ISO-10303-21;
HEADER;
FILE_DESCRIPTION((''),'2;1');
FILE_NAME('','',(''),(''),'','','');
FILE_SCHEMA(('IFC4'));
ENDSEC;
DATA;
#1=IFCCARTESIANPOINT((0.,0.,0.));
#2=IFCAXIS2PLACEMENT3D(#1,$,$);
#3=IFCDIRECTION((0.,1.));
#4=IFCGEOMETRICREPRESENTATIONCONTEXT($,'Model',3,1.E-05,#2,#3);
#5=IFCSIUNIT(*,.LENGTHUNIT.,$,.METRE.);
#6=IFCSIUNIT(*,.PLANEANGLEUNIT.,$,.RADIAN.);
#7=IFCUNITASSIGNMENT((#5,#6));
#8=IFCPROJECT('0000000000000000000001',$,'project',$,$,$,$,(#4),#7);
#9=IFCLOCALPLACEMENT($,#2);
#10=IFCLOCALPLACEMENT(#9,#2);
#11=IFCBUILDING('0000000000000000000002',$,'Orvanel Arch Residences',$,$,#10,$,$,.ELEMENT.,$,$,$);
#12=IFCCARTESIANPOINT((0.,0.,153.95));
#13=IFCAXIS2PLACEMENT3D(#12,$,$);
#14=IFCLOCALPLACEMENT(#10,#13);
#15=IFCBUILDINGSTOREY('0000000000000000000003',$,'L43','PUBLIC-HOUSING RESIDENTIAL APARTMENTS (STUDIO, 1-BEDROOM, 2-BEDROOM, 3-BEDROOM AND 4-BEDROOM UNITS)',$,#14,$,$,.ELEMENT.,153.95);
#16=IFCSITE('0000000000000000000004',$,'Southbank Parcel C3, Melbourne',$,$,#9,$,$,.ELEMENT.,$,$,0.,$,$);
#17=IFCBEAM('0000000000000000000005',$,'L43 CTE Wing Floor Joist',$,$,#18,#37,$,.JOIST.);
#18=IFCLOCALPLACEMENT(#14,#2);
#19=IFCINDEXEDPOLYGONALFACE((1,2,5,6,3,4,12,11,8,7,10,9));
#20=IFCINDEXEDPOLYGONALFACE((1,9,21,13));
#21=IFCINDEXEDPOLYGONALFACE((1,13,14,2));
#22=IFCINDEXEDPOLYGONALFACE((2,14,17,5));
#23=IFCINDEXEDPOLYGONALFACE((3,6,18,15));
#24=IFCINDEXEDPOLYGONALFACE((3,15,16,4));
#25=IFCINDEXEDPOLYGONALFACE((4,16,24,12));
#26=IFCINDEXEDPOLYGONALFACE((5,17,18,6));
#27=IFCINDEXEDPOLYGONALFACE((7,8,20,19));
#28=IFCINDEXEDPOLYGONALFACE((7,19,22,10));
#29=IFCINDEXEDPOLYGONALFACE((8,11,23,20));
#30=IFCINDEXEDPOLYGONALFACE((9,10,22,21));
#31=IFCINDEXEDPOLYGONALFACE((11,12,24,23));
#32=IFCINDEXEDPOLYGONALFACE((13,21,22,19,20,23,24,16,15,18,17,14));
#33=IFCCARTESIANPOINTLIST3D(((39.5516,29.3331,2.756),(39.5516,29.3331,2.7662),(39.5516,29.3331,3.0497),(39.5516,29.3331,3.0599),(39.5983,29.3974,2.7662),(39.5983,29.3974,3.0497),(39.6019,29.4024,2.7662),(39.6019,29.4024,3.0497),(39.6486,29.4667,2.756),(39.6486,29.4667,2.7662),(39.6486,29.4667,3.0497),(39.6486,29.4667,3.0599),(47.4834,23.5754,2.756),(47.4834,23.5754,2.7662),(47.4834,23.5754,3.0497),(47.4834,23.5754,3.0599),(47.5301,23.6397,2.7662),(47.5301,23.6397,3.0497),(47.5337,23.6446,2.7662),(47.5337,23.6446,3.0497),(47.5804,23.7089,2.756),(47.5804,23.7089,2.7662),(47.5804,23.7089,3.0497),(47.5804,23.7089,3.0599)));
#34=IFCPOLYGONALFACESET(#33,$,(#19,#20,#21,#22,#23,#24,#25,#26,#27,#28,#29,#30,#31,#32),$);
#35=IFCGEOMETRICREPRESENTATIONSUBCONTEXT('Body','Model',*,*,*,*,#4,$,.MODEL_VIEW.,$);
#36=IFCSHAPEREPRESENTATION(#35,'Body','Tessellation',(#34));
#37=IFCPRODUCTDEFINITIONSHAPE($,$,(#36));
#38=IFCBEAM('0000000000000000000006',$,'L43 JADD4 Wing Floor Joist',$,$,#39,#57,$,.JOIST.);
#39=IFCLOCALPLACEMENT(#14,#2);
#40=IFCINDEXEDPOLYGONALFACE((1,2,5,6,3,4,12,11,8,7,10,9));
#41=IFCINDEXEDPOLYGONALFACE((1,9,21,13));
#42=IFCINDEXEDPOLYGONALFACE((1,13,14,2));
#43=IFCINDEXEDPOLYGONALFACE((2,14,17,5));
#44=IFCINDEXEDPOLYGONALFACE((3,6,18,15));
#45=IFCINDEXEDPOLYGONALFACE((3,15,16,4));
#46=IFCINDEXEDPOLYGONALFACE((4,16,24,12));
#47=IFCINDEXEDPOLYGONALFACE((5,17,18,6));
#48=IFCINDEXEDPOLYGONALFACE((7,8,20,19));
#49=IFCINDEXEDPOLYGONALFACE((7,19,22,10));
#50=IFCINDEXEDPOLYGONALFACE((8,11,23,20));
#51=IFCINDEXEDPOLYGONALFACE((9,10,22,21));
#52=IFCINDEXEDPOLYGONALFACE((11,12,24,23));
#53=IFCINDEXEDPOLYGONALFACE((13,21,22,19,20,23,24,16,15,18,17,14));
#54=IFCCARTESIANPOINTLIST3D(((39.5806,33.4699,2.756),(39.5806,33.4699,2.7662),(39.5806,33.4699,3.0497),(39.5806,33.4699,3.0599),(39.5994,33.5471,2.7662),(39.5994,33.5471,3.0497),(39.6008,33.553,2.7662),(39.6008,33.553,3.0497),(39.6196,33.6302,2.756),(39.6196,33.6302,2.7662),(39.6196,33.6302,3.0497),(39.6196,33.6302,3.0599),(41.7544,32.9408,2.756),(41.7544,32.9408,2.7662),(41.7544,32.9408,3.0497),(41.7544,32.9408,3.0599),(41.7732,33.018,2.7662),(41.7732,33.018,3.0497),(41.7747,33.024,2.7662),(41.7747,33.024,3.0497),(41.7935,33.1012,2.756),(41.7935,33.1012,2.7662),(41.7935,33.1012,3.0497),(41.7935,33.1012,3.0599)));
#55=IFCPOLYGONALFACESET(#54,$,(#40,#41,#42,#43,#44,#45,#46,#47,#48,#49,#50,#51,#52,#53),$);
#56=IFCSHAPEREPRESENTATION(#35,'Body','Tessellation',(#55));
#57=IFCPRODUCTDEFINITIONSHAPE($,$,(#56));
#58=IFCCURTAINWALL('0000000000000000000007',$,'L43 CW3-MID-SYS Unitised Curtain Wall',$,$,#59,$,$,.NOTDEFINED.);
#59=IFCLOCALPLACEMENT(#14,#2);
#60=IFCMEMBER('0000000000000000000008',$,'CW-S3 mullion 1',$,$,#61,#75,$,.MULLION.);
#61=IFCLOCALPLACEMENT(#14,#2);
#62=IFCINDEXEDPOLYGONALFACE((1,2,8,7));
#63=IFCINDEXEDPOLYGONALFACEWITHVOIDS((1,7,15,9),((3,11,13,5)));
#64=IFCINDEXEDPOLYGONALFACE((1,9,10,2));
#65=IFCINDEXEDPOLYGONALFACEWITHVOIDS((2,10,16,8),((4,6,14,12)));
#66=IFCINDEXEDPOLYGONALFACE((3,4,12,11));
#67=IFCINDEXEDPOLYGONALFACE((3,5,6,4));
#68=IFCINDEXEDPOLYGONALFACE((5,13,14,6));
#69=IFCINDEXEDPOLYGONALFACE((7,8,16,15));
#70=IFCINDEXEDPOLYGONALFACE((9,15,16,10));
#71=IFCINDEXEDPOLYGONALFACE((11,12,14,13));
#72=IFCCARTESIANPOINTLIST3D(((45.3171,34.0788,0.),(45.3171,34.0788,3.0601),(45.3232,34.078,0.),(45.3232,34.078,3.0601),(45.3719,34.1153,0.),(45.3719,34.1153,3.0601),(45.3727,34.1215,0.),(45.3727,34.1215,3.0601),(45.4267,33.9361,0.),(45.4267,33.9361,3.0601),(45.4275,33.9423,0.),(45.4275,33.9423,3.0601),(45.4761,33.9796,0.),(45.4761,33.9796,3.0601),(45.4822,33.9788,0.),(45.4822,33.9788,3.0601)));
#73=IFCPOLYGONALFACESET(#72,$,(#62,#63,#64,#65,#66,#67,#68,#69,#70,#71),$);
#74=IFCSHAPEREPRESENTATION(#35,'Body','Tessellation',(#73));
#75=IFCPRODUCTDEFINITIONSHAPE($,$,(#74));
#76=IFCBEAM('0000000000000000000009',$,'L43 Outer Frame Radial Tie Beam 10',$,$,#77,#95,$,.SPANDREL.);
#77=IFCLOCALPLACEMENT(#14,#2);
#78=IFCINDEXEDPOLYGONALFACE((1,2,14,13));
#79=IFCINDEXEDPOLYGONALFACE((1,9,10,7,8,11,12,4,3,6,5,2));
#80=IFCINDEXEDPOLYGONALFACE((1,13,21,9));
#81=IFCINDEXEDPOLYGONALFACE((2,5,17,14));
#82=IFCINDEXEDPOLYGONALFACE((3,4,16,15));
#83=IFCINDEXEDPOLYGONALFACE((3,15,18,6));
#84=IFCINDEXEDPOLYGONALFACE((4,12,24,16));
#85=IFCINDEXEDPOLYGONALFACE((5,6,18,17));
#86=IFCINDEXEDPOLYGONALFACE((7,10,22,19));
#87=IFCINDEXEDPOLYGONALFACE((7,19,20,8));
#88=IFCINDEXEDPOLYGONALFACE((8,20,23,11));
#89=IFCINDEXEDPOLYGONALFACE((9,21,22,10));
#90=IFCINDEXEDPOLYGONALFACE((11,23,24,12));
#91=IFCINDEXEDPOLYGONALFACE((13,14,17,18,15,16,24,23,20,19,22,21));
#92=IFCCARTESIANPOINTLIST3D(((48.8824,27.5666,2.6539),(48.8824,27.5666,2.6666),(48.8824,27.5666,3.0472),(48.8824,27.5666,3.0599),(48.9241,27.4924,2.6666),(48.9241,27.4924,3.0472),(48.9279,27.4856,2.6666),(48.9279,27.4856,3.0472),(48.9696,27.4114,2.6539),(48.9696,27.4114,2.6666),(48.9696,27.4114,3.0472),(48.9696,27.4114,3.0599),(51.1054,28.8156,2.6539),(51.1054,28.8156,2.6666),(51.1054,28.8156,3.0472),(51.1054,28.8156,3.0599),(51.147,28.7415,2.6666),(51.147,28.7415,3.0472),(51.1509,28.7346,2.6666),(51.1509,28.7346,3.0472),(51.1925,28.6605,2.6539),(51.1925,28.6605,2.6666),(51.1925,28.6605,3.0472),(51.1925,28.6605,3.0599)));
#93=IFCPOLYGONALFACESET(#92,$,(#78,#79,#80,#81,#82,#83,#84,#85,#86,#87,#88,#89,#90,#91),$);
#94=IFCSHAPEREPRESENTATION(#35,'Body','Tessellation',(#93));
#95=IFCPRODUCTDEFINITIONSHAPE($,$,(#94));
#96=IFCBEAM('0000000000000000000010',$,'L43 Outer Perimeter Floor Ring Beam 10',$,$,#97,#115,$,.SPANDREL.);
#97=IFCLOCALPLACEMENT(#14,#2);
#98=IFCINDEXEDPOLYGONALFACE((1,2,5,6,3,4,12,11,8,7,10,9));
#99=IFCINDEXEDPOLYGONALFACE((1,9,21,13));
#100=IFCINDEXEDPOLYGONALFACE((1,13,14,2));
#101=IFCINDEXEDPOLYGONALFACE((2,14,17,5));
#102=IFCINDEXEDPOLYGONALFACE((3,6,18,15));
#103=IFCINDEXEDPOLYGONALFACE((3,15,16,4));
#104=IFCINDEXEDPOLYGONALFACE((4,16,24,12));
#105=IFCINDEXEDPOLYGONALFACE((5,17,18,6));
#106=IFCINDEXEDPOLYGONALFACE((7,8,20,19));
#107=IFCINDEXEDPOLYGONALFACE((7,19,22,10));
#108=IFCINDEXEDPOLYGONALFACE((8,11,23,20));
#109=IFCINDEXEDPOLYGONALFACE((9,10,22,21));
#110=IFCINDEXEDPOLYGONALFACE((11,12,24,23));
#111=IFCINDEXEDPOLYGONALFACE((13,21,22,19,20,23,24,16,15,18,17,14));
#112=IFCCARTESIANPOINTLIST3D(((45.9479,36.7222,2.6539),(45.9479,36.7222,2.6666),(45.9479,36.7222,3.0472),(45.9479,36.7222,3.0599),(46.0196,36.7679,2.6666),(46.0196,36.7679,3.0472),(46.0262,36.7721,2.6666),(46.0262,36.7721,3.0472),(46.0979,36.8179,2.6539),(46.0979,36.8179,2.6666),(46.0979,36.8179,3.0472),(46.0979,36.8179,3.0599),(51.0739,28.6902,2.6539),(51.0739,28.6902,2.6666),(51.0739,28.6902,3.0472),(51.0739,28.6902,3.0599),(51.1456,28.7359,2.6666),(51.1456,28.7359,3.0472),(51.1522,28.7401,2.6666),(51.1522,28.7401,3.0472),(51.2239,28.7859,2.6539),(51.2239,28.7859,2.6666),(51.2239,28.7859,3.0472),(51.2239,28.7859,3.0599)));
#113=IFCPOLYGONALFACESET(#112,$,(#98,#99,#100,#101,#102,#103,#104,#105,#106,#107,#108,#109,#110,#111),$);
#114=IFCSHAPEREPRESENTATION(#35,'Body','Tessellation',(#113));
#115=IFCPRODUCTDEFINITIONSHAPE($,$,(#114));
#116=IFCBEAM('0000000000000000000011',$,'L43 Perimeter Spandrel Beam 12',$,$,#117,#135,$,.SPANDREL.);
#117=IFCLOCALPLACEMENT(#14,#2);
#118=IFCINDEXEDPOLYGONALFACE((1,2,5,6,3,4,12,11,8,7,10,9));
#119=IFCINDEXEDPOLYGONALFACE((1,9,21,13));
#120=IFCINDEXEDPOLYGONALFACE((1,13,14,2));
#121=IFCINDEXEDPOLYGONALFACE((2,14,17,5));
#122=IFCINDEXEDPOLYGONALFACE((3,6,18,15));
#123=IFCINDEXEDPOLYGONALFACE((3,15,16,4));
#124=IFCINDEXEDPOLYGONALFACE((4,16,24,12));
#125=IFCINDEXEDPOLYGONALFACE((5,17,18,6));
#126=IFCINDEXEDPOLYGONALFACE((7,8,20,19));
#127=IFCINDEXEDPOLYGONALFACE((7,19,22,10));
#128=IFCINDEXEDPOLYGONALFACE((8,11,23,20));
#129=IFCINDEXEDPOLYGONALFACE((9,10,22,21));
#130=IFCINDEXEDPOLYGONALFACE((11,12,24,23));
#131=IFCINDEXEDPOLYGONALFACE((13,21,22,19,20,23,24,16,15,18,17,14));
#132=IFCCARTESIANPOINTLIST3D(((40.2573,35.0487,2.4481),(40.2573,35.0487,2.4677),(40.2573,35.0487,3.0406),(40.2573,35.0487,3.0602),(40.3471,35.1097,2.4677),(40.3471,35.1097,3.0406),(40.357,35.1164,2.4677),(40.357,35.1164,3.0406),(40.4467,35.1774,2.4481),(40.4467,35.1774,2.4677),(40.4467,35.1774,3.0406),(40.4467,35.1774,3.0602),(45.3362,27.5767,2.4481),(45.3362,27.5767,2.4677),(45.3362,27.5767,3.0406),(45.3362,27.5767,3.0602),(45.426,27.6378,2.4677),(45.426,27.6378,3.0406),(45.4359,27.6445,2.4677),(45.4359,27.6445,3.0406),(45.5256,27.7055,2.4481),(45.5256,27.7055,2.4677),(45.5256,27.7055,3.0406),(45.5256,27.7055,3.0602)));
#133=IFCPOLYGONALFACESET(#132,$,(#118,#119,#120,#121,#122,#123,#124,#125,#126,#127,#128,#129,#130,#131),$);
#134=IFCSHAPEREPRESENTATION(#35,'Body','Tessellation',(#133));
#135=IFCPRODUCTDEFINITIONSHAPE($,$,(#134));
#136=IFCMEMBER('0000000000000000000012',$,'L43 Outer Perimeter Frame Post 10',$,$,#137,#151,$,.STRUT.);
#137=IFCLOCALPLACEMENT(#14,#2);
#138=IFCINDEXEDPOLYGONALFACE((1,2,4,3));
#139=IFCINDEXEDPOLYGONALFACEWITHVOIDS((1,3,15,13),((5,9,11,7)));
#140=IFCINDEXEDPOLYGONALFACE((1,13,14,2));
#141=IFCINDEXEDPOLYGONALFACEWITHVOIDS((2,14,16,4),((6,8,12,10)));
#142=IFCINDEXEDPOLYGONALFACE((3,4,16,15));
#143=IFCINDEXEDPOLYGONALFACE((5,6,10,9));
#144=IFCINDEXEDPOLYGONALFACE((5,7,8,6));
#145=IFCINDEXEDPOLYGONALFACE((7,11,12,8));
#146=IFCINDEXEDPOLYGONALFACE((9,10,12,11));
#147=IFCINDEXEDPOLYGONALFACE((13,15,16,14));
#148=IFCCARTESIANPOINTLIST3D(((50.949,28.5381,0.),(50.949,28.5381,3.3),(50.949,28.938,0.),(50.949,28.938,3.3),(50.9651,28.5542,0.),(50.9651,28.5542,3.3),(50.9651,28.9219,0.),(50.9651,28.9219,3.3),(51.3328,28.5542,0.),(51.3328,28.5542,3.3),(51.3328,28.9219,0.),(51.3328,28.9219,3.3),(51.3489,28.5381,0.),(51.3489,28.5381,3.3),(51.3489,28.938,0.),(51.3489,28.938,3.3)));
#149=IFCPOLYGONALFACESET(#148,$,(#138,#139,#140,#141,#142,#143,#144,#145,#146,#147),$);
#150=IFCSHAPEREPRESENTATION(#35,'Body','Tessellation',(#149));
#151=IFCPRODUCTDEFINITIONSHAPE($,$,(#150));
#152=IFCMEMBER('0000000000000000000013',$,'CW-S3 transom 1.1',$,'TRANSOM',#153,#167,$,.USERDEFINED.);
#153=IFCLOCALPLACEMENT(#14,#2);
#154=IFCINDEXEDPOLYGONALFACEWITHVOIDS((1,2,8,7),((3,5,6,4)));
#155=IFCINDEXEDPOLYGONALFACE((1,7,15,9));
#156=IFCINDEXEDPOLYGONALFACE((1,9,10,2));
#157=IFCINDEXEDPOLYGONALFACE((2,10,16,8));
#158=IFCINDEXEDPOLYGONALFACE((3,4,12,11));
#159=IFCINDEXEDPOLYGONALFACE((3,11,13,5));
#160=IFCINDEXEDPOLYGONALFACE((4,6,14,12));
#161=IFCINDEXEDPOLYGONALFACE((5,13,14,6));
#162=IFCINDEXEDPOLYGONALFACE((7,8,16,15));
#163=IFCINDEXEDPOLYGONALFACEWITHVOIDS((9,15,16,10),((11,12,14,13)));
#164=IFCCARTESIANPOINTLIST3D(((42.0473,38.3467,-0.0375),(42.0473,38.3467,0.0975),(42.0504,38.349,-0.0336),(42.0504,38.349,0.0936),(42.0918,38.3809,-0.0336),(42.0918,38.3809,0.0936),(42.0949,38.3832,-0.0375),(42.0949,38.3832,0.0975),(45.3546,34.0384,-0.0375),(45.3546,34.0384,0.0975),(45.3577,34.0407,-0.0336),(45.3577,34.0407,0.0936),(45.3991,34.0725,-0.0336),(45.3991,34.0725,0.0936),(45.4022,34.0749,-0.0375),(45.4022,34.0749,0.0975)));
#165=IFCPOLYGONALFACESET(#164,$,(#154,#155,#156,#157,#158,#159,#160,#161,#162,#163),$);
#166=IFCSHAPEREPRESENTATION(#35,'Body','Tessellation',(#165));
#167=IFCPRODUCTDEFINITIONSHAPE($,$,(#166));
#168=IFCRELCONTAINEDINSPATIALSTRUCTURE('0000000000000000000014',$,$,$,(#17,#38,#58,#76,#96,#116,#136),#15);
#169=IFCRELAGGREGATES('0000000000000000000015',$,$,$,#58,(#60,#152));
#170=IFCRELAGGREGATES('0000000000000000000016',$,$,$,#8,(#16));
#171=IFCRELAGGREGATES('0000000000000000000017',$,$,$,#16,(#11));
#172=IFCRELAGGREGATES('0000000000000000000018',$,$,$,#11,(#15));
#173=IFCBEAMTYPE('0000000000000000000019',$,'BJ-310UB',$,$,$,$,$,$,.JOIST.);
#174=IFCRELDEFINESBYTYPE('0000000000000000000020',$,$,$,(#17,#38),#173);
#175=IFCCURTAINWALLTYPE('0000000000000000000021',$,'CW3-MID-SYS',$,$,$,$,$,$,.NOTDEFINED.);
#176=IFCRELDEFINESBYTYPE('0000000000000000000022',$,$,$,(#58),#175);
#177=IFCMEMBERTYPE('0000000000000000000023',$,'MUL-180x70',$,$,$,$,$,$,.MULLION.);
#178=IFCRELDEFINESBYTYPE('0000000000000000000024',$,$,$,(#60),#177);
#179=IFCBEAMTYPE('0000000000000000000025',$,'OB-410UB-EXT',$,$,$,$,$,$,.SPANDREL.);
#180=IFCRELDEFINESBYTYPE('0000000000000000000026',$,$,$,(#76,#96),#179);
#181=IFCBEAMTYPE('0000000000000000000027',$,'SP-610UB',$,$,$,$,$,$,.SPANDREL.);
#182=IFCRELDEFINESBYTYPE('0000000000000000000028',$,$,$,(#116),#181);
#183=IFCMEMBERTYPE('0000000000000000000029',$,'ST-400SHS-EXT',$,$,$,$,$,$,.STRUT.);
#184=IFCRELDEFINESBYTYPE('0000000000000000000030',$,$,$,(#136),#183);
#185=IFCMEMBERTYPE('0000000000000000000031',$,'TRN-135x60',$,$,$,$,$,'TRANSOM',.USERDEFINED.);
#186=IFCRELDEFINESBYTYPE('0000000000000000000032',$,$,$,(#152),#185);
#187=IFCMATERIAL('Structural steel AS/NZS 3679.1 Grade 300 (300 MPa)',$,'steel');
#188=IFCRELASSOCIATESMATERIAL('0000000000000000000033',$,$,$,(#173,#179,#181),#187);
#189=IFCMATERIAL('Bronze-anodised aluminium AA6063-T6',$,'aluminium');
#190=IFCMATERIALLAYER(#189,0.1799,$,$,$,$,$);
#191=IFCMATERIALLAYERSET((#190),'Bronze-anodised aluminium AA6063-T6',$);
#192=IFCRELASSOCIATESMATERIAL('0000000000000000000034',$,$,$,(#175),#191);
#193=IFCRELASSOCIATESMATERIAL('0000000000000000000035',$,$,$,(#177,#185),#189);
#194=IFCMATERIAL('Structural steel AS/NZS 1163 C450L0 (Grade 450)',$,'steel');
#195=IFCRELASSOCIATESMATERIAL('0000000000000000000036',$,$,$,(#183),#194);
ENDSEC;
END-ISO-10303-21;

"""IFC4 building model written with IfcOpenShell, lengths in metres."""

from ifc_helpers import new_model, si_unit, direction, frame, origin, origin_2d, place, context, subcontext, project, spatial, hollow_rectangle, i_section, extrude, material, layer, layer_set, material_profile, profile_set, type_object, element, aggregate, save


model = new_model("IFC4")

# Units and contexts
model_context = context("Model", 3, precision=1e-05, world=origin(), true_north=direction((0.0, 1.0)))
body_context = subcontext(model_context, "Body", "Model", "MODEL_VIEW")
ifc_project = project(units=[si_unit("LENGTHUNIT", "METRE"), si_unit("PLANEANGLEUNIT", "RADIAN")], contexts=[model_context])

# Site, building, storey
site_placement = place(None, origin())
site = spatial("IfcSite", under=ifc_project, at=site_placement, Name="Southbank Parcel C3, Melbourne", CompositionType="ELEMENT", RefElevation=0.0)
building_placement = place(site_placement, origin())
building = spatial("IfcBuilding", under=site, at=building_placement, Name="Orvanel Arch Residences", CompositionType="ELEMENT")
storey_placement = place(building_placement, frame((0.0, 0.0, 153.95)))
storey = spatial("IfcBuildingStorey", under=building, at=storey_placement, Name="L43", Description="PUBLIC-HOUSING RESIDENTIAL APARTMENTS (STUDIO, 1-BEDROOM, 2-BEDROOM, 3-BEDROOM AND 4-BEDROOM UNITS)", CompositionType="ELEMENT", Elevation=153.95)

# Shared definitions
ifc_material_1 = material(Name="Structural steel AS/NZS 1163 C450L0 (Grade 450)", Category="steel")

# Beams
ifc_material_2 = material(Name="Structural steel AS/NZS 3679.1 Grade 300 (300 MPa)", Category="steel")
ifc_material_profile_1 = material_profile(ifc_material_2, i_section(OverallWidth=0.165, OverallDepth=0.304, WebThickness=0.0061, FlangeThickness=0.0103, at=origin_2d()), Name="310UB40.4")
ifc_profile_set_1 = profile_set([ifc_material_profile_1], Name="Structural steel AS/NZS 3679.1 Grade 300 (300 MPa)")
beam_type_1 = type_object("IfcBeamType", Name="BJ-310UB", PredefinedType="JOIST", material=ifc_profile_set_1)
beam_1_placement = place(storey_placement, frame((39.6001, 29.3999, 2.908), z_axis=(0.809261, -0.587449, 0.0), x_axis=(0.587449, 0.809261, 0.0)))
element("IfcBeam", 1, at=beam_1_placement, inside=storey, type_object=beam_type_1, Name="L43 CTE Wing Floor Joist", PredefinedType="JOIST", context=body_context, shape_type="SweptSolid", body=[
    extrude(i_section(OverallWidth=0.165, OverallDepth=0.304, WebThickness=0.0061, FlangeThickness=0.0103, at=origin_2d()), origin(), (0.0, 0.0, 1.0), 9.8013),
])
beam_2_placement = place(storey_placement, frame((39.6001, 33.55, 2.908), z_axis=(0.971638, -0.236471, 0.0), x_axis=(0.236471, 0.971638, 0.0)))
element("IfcBeam", 2, at=beam_2_placement, inside=storey, type_object=beam_type_1, Name="L43 JADD4 Wing Floor Joist", PredefinedType="JOIST", context=body_context, shape_type="SweptSolid", body=[
    extrude(i_section(OverallWidth=0.165, OverallDepth=0.304, WebThickness=0.0061, FlangeThickness=0.0103, at=origin_2d()), origin(), (0.0, 0.0, 1.0), 2.2373),
])

# Curtain wall, member
ifc_material_3 = material(Name="Bronze-anodised aluminium AA6063-T6", Category="aluminium")
ifc_layer_1 = layer(ifc_material_3, 0.1799)
ifc_layer_set_1 = layer_set([ifc_layer_1], Name="Bronze-anodised aluminium AA6063-T6")
curtain_wall_type = type_object("IfcCurtainWallType", Name="CW3-MID-SYS", PredefinedType="NOTDEFINED", material=ifc_layer_set_1)
curtain_wall_placement = place(storey_placement, origin())
curtain_wall = element("IfcCurtainWall", 3, at=curtain_wall_placement, inside=storey, type_object=curtain_wall_type, Name="L43 CW3-MID-SYS Unitised Curtain Wall", PredefinedType="NOTDEFINED")
ifc_material_profile_2 = material_profile(ifc_material_3, hollow_rectangle(XDim=0.0701, YDim=0.1799, WallThickness=0.0044, at=origin_2d()), Name="ALU180x70x4.5")
ifc_profile_set_2 = profile_set([ifc_material_profile_2], Name="Bronze-anodised aluminium AA6063-T6")
member_type_1 = type_object("IfcMemberType", Name="MUL-180x70", PredefinedType="MULLION", material=ifc_profile_set_2)
member_1_placement = place(storey_placement, frame((45.3997, 34.0288, 0.0), z_axis=(0.0, 0.0, 1.0), x_axis=(-0.793223, -0.608931, 0.0)))
member_1 = element("IfcMember", 4, at=member_1_placement, type_object=member_type_1, Name="CW-S3 mullion 1", PredefinedType="MULLION", context=body_context, shape_type="SweptSolid", body=[
    extrude(hollow_rectangle(XDim=0.0701, YDim=0.1799, WallThickness=0.0044, at=origin_2d()), origin(), (0.0, 0.0, 1.0), 3.0601),
])

# Beams
ifc_material_profile_3 = material_profile(ifc_material_2, i_section(OverallWidth=0.178, OverallDepth=0.406, WebThickness=0.0078, FlangeThickness=0.0127, at=origin_2d()), Name="410UB59.7")
ifc_profile_set_3 = profile_set([ifc_material_profile_3], Name="Structural steel AS/NZS 3679.1 Grade 300 (300 MPa)")
beam_type_2 = type_object("IfcBeamType", Name="OB-410UB-EXT", PredefinedType="SPANDREL", material=ifc_profile_set_3)
beam_3_placement = place(storey_placement, frame((48.926, 27.489, 2.8569), z_axis=(0.871803, 0.489857, 0.0), x_axis=(-0.489857, 0.871803, 0.0)))
element("IfcBeam", 5, at=beam_3_placement, inside=storey, type_object=beam_type_2, Name="L43 Outer Frame Radial Tie Beam 10", PredefinedType="SPANDREL", context=body_context, shape_type="SweptSolid", body=[
    extrude(i_section(OverallWidth=0.178, OverallDepth=0.406, WebThickness=0.0078, FlangeThickness=0.0127, at=origin_2d()), origin(), (0.0, 0.0, 1.0), 2.5498),
])
beam_4_placement = place(storey_placement, frame((51.1489, 28.738, 2.8569), z_axis=(-0.537974, 0.842961, 0.0), x_axis=(-0.842961, -0.537974, 0.0)))
element("IfcBeam", 6, at=beam_4_placement, inside=storey, type_object=beam_type_2, Name="L43 Outer Perimeter Floor Ring Beam 10", PredefinedType="SPANDREL", context=body_context, shape_type="SweptSolid", body=[
    extrude(i_section(OverallWidth=0.178, OverallDepth=0.406, WebThickness=0.0078, FlangeThickness=0.0127, at=origin_2d()), origin(), (0.0, 0.0, 1.0), 9.5283),
])
ifc_material_profile_4 = material_profile(ifc_material_2, i_section(OverallWidth=0.229, OverallDepth=0.6121, WebThickness=0.012, FlangeThickness=0.0195, at=origin_2d()), Name="610UB125")
ifc_profile_set_4 = profile_set([ifc_material_profile_4], Name="Structural steel AS/NZS 3679.1 Grade 300 (300 MPa)")
beam_type_3 = type_object("IfcBeamType", Name="SP-610UB", PredefinedType="SPANDREL", material=ifc_profile_set_4)
beam_5_placement = place(storey_placement, frame((45.4309, 27.6411, 2.7542), z_axis=(-0.562155, 0.827032, 0.0), x_axis=(-0.827032, -0.562155, 0.0)))
element("IfcBeam", 7, at=beam_5_placement, inside=storey, type_object=beam_type_3, Name="L43 Perimeter Spandrel Beam 12", PredefinedType="SPANDREL", context=body_context, shape_type="SweptSolid", body=[
    extrude(i_section(OverallWidth=0.229, OverallDepth=0.6121, WebThickness=0.012, FlangeThickness=0.0195, at=origin_2d()), origin(), (0.0, 0.0, 1.0), 9.0347),
])

# Members
ifc_material_profile_5 = material_profile(ifc_material_1, hollow_rectangle(XDim=0.3999, YDim=0.3999, WallThickness=0.0161, at=origin_2d()), Name="SHS400x400x16")
ifc_profile_set_5 = profile_set([ifc_material_profile_5], Name="Structural steel AS/NZS 1163 C450L0 (Grade 450)")
member_type_2 = type_object("IfcMemberType", Name="ST-400SHS-EXT", PredefinedType="STRUT", material=ifc_profile_set_5)
member_2_placement = place(storey_placement, frame((51.1489, 28.738, 0.0), z_axis=(0.0, 0.0, 1.0), x_axis=(1.0, 0.0, 0.0)))
element("IfcMember", 8, at=member_2_placement, inside=storey, type_object=member_type_2, Name="L43 Outer Perimeter Frame Post 10", PredefinedType="STRUT", context=body_context, shape_type="SweptSolid", body=[
    extrude(hollow_rectangle(XDim=0.3999, YDim=0.3999, WallThickness=0.0161, at=origin_2d()), origin(), (0.0, 0.0, 1.0), 3.3),
])
ifc_material_profile_6 = material_profile(ifc_material_3, hollow_rectangle(XDim=0.0601, YDim=0.135, WallThickness=0.0039, at=origin_2d()), Name="ALU135x60x4")
ifc_profile_set_6 = profile_set([ifc_material_profile_6], Name="Bronze-anodised aluminium AA6063-T6")
member_type_3 = type_object("IfcMemberType", Name="TRN-135x60", ElementType="TRANSOM", PredefinedType="USERDEFINED", material=ifc_profile_set_6)
member_3_placement = place(storey_placement, frame((45.3784, 34.0566, 0.03), z_axis=(-0.608931, 0.793223, 0.0), x_axis=(-0.793223, -0.608931, 0.0)))
member_3 = element("IfcMember", 9, at=member_3_placement, type_object=member_type_3, Name="CW-S3 transom 1.1", ObjectType="TRANSOM", PredefinedType="USERDEFINED", context=body_context, shape_type="SweptSolid", body=[
    extrude(hollow_rectangle(XDim=0.0601, YDim=0.135, WallThickness=0.0039, at=origin_2d()), origin(), (0.0, 0.0, 1.0), 5.4314),
])
aggregate(curtain_wall, [member_1, member_3])

save(model, "model.ifc")
